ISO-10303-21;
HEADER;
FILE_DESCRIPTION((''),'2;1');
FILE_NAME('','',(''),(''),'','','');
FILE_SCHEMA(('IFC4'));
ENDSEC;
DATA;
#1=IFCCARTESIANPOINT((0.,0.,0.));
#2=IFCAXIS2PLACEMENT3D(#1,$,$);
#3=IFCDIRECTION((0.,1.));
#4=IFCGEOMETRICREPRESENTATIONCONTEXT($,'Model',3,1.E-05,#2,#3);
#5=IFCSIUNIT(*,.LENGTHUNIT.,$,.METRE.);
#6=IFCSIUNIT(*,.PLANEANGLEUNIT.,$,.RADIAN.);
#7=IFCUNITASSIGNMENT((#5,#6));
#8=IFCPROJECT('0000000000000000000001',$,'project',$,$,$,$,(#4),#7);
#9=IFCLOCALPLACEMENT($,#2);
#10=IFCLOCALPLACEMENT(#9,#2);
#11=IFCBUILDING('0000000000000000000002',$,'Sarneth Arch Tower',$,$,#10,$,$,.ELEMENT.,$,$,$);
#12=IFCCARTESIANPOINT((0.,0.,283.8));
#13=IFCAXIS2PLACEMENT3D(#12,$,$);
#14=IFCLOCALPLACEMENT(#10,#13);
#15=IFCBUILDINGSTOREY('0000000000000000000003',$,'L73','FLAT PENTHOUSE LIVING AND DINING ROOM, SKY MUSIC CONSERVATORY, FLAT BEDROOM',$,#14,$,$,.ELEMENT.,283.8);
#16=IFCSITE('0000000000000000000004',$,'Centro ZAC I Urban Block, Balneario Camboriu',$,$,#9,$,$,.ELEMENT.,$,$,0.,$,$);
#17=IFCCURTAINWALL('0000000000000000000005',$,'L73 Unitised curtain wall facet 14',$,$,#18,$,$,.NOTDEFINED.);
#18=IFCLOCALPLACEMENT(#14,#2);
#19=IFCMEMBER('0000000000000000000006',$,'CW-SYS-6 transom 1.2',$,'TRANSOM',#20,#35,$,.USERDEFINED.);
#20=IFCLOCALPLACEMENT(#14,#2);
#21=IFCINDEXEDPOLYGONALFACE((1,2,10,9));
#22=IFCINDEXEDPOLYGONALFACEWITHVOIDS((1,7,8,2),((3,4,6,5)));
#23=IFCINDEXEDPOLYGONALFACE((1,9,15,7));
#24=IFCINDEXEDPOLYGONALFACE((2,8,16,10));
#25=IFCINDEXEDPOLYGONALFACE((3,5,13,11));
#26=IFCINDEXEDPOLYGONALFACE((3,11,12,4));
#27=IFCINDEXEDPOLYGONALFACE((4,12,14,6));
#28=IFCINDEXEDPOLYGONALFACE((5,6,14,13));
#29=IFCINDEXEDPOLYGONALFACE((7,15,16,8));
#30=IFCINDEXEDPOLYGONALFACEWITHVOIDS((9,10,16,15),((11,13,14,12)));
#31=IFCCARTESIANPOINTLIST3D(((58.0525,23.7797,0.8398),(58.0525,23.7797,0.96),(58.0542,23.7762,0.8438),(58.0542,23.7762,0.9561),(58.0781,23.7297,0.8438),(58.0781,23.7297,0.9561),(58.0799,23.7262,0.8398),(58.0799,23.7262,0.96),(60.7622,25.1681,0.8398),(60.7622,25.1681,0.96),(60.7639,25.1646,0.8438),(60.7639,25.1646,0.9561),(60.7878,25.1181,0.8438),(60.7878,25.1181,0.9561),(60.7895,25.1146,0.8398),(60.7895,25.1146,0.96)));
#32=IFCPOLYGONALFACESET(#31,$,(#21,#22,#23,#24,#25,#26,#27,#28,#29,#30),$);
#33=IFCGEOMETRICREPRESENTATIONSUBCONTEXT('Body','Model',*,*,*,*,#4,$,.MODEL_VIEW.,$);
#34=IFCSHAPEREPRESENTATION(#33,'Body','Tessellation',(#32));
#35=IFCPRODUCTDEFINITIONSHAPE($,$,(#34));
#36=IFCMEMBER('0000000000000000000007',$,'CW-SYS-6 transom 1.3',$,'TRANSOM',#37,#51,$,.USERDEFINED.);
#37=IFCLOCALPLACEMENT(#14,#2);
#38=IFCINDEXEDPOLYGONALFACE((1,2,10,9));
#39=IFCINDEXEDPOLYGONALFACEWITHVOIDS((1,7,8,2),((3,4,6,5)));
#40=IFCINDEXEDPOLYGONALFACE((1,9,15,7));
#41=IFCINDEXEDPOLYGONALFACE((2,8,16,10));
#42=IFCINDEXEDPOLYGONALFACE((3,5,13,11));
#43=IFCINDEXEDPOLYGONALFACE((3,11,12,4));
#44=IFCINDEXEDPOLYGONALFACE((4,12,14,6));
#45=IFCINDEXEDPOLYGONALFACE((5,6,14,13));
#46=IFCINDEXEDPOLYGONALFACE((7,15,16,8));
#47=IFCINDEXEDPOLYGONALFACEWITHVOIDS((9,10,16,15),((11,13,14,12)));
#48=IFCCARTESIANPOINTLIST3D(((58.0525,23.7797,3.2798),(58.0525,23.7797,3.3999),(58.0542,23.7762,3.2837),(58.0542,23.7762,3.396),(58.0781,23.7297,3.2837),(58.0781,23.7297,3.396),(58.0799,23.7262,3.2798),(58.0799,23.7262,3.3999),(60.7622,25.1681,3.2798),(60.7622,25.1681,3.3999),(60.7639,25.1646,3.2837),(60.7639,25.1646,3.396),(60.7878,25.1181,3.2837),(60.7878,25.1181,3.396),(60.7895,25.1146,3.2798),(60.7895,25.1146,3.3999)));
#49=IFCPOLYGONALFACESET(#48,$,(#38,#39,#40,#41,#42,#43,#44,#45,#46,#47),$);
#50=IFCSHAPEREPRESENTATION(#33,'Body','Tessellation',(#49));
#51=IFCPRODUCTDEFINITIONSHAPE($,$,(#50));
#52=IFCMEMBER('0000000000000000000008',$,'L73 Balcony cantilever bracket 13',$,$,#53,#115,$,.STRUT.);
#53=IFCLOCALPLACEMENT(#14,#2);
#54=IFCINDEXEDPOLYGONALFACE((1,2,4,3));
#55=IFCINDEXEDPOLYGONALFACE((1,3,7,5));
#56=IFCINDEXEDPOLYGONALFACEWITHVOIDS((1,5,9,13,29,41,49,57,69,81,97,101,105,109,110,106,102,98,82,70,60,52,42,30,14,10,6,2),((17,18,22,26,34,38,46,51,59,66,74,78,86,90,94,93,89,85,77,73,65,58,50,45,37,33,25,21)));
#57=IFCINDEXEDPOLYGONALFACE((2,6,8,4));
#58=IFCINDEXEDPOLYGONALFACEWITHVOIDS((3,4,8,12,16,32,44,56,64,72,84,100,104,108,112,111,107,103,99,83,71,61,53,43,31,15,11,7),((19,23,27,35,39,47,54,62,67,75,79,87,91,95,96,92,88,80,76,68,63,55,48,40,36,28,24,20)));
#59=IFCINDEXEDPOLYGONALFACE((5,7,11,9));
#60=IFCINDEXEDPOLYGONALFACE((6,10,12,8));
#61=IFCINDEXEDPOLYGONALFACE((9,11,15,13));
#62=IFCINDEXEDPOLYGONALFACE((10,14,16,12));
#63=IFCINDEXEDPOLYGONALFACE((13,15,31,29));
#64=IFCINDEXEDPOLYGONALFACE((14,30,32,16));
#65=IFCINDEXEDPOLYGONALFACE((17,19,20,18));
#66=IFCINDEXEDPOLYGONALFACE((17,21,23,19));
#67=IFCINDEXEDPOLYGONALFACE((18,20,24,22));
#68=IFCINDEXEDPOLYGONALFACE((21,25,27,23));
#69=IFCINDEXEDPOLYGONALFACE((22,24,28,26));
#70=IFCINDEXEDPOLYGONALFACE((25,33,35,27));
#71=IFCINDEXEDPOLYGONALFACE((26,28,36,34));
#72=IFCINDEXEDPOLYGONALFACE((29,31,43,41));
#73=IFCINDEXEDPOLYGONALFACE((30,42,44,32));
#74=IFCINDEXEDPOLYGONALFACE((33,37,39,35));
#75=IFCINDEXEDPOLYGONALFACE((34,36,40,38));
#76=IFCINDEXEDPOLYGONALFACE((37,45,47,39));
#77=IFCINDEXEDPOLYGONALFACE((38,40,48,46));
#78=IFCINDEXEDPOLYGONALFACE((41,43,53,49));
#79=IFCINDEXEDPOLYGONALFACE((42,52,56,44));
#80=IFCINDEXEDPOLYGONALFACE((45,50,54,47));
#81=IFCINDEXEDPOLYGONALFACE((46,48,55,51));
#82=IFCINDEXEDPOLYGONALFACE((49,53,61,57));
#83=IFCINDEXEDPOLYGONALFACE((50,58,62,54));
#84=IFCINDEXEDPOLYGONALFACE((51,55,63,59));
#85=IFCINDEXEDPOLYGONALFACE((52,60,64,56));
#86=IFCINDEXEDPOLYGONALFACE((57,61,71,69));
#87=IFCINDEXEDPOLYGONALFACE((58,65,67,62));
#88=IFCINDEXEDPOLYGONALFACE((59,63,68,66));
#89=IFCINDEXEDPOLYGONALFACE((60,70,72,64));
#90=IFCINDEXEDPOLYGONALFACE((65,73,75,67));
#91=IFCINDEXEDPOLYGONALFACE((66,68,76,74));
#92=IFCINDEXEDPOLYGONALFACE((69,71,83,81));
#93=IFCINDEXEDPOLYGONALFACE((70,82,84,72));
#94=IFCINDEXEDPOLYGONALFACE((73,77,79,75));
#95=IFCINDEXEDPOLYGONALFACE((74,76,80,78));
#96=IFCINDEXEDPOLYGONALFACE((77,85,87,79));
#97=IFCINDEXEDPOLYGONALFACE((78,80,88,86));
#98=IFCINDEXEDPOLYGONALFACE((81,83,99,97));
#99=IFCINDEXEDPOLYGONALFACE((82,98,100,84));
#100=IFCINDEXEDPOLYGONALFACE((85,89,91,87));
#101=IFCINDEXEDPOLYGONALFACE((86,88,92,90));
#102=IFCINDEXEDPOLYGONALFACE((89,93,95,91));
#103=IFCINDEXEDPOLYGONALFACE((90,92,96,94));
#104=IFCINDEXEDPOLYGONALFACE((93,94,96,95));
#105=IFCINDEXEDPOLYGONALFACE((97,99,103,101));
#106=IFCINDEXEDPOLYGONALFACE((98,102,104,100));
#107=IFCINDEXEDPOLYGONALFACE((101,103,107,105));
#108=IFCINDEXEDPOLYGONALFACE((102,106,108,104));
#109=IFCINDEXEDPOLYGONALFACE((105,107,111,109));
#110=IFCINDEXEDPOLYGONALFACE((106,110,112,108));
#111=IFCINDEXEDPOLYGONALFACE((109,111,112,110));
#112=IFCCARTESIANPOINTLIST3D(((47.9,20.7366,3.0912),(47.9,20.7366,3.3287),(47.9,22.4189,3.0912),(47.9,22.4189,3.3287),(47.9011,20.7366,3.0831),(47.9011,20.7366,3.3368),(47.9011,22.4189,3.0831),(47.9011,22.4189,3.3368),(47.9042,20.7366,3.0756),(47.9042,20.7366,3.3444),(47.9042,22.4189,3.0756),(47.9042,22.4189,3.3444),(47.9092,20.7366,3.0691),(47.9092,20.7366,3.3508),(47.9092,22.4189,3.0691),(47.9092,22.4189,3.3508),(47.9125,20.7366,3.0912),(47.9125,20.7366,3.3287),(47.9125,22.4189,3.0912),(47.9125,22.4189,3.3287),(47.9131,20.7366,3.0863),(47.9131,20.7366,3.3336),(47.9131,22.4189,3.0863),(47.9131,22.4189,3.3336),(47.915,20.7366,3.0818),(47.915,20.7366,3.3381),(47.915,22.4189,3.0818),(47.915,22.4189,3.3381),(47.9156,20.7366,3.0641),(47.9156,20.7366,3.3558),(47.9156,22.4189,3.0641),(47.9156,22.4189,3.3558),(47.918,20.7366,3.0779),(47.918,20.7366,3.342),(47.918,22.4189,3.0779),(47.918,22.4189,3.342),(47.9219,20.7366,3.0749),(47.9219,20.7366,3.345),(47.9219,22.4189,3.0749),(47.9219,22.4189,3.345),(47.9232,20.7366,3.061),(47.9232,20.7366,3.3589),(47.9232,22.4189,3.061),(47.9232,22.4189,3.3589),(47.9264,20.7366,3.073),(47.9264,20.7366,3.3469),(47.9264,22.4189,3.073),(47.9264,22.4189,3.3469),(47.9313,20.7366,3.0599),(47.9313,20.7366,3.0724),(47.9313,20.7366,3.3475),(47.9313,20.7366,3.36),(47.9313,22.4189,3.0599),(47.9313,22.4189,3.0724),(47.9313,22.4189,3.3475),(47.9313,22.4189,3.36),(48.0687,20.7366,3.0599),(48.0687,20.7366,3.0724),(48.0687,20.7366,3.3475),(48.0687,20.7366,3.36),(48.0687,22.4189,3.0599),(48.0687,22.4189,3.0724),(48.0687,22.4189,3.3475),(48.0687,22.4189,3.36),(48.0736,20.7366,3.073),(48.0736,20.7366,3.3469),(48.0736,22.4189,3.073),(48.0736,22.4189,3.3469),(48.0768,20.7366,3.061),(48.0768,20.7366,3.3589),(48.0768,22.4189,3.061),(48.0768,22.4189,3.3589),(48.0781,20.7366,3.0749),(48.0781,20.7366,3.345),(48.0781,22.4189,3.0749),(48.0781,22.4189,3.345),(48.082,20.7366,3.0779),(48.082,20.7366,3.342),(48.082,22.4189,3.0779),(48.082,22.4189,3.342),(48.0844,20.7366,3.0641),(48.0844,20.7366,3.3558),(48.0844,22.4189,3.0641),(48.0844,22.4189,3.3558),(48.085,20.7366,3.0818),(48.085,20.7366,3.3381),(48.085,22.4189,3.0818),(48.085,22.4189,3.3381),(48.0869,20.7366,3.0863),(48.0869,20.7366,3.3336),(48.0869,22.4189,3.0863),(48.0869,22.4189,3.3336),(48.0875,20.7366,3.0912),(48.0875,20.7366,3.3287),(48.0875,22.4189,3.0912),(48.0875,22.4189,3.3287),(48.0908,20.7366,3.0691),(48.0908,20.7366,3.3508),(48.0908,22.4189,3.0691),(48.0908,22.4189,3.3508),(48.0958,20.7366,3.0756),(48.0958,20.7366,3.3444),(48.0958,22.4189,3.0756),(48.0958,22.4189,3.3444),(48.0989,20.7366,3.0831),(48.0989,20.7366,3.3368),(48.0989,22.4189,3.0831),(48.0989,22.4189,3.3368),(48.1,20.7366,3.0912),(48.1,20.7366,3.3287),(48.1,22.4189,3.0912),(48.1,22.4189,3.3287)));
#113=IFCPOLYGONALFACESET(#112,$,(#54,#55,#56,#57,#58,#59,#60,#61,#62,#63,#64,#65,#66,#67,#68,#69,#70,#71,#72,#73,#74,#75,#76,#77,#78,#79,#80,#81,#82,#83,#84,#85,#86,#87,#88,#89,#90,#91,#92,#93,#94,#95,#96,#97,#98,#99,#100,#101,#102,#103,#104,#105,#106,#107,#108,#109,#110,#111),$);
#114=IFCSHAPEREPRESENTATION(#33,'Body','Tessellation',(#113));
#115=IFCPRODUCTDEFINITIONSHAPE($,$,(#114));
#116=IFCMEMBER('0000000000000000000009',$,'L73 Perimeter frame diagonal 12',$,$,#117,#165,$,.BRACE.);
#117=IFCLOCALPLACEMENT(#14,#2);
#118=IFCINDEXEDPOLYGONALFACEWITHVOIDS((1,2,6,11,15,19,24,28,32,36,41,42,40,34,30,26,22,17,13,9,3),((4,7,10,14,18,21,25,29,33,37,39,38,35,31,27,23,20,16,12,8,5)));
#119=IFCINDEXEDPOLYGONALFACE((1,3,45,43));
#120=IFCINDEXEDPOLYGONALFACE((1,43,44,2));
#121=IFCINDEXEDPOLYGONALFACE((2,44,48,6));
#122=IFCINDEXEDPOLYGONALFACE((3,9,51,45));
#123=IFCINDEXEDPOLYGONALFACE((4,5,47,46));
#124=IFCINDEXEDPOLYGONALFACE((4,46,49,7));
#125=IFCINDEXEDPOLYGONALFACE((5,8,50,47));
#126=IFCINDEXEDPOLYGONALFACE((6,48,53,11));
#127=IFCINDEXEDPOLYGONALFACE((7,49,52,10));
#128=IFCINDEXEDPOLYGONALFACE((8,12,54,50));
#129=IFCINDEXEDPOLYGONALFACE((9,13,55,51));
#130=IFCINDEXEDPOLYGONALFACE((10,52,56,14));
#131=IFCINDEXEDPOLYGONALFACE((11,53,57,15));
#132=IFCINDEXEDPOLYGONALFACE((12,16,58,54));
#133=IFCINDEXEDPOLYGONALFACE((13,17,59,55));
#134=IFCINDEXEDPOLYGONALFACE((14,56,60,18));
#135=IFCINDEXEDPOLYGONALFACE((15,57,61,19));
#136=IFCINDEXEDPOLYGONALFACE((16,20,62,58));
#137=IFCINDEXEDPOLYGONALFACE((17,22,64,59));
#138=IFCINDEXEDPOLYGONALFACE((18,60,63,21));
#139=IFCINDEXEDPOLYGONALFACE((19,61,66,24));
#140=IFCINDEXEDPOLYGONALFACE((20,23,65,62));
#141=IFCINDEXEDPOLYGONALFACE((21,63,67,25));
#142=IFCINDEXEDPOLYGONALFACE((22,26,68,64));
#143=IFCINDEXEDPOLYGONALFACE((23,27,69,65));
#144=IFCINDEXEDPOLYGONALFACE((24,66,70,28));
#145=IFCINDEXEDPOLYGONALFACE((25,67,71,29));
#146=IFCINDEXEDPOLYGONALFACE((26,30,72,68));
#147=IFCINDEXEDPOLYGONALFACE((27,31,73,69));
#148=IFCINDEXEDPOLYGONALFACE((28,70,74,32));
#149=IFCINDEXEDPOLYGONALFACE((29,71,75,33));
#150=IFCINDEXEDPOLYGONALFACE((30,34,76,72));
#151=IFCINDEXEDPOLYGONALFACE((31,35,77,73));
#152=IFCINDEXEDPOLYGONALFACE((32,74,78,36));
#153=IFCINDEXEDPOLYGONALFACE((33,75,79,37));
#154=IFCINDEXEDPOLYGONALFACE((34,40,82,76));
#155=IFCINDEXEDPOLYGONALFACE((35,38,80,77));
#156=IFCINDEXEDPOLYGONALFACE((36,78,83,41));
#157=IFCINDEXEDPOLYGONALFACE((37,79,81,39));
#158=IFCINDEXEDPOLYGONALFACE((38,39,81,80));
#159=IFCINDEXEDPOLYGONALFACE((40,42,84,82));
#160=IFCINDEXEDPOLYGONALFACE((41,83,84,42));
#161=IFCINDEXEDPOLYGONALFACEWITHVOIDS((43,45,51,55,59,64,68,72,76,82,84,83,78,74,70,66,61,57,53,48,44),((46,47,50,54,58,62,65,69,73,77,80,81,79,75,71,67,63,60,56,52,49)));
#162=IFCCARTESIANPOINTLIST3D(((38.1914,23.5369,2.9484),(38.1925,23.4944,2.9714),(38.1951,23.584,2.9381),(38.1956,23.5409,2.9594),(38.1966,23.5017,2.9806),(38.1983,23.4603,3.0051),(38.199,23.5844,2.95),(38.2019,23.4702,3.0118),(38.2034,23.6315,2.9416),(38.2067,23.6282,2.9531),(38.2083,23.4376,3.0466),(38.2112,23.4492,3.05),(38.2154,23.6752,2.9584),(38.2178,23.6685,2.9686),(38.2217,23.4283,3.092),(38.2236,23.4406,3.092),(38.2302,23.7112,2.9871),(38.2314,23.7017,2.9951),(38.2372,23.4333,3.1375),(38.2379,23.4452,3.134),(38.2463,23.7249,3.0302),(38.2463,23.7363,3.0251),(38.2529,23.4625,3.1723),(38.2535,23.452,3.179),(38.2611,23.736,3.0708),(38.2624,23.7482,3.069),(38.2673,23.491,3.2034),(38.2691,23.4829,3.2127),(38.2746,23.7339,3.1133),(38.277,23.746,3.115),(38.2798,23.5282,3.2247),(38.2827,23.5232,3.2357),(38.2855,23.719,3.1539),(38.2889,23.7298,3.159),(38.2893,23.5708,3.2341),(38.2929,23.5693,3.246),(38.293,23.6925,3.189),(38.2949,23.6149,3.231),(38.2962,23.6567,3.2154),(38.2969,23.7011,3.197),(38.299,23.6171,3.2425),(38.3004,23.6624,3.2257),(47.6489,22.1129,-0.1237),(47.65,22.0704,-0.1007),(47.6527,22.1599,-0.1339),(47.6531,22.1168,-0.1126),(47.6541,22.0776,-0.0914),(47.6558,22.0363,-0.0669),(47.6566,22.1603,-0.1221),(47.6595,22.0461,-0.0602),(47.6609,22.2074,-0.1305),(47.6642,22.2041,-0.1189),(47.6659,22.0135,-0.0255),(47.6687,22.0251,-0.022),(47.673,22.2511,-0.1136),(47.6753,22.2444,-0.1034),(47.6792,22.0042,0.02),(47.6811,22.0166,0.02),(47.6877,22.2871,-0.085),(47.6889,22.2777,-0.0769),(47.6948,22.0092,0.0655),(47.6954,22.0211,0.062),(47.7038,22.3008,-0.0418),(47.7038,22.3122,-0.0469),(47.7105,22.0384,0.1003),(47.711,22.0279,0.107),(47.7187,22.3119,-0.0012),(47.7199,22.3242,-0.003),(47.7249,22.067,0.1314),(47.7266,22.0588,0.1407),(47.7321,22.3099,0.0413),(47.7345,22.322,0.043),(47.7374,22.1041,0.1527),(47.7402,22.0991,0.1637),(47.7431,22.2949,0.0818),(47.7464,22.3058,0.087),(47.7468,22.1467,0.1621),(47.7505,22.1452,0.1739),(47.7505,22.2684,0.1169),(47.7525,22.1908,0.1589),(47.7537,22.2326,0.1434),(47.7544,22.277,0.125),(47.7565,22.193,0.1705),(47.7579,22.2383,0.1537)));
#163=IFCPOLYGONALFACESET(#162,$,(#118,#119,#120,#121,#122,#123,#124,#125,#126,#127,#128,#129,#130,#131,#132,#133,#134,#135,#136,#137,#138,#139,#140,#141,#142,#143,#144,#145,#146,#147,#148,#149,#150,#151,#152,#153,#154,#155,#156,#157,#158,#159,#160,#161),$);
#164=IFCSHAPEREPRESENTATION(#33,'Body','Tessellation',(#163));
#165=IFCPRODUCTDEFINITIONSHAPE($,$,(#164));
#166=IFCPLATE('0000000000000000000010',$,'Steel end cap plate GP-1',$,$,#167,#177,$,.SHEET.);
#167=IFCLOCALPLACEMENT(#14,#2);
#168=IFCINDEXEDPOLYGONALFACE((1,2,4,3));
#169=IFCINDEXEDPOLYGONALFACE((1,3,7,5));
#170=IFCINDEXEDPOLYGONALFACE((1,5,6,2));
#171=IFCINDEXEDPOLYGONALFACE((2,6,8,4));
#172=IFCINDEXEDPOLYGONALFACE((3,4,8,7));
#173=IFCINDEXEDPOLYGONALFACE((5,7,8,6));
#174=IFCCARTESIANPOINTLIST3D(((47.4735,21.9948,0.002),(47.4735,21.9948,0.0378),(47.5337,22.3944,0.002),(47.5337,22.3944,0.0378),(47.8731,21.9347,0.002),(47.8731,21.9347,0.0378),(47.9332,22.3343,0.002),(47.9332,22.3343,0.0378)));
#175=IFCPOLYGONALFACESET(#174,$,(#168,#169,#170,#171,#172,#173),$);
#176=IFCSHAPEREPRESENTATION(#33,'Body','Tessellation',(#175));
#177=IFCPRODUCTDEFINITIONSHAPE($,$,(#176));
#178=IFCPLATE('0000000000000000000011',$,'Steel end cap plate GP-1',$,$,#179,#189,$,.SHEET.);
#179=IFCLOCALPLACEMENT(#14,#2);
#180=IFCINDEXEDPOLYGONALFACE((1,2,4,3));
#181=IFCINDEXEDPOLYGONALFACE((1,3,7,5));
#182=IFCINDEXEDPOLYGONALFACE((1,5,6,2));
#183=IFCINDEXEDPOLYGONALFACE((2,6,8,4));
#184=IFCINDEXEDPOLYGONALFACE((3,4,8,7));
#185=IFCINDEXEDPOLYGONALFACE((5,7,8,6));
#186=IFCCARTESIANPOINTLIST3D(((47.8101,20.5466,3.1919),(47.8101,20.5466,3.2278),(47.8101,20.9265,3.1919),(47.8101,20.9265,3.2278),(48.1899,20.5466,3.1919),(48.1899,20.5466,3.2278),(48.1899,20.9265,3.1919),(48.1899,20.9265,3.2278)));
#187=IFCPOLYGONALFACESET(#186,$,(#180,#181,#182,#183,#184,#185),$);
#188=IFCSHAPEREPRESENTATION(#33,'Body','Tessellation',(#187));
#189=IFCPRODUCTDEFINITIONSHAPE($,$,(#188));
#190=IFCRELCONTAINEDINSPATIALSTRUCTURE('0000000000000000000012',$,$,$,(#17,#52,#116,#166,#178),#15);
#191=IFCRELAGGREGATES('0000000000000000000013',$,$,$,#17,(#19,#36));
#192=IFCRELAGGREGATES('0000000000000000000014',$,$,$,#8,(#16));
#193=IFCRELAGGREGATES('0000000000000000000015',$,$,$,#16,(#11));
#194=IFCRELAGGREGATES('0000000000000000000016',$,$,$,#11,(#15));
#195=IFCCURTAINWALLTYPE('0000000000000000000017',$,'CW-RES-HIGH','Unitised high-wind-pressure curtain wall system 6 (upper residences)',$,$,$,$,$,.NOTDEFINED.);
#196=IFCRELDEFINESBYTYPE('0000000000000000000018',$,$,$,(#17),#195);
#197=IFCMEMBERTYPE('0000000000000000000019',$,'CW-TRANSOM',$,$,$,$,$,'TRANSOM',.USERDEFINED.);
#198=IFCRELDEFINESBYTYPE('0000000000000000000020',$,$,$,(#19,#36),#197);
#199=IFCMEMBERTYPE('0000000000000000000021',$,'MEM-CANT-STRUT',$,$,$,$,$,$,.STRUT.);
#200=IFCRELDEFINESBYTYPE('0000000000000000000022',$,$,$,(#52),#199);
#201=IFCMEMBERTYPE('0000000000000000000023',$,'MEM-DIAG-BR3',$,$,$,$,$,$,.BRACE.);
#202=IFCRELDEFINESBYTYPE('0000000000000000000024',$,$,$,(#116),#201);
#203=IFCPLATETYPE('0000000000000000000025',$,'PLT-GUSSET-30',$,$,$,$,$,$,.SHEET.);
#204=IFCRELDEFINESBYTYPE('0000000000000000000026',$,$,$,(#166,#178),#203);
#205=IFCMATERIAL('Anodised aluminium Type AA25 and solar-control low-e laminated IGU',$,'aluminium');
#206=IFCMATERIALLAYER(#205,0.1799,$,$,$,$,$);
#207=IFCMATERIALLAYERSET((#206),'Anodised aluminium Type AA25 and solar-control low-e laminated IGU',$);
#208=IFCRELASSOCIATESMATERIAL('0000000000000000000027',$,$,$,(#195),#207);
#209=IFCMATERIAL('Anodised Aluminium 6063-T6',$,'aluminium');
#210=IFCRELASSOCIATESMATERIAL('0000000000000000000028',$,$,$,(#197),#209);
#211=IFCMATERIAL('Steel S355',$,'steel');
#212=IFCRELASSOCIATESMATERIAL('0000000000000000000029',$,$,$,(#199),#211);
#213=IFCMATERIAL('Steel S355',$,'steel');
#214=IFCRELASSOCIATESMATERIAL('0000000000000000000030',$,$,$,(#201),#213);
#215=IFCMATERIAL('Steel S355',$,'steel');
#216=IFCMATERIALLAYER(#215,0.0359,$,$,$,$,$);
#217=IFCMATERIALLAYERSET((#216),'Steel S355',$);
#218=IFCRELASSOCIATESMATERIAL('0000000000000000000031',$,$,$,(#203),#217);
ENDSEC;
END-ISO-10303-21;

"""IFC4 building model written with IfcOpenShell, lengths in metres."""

from ifc_helpers import new_model, si_unit, direction, frame, origin, origin_2d, place, context, subcontext, project, spatial, rectangle, hollow_rectangle, hollow_circle, extrude, material, layer, layer_set, material_profile, profile_set, type_object, element, aggregate, save


model = new_model("IFC4")

# Units and contexts
model_context = context("Model", 3, precision=1e-05, world=origin(), true_north=direction((0.0, 1.0)))
body_context = subcontext(model_context, "Body", "Model", "MODEL_VIEW")
ifc_project = project(units=[si_unit("LENGTHUNIT", "METRE"), si_unit("PLANEANGLEUNIT", "RADIAN")], contexts=[model_context])

# Site, building, storey
site_placement = place(None, origin())
site = spatial("IfcSite", under=ifc_project, at=site_placement, Name="Centro ZAC I Urban Block, Balneario Camboriu", CompositionType="ELEMENT", RefElevation=0.0)
building_placement = place(site_placement, origin())
building = spatial("IfcBuilding", under=site, at=building_placement, Name="Sarneth Arch Tower", CompositionType="ELEMENT")
storey_placement = place(building_placement, frame((0.0, 0.0, 283.8)))
storey = spatial("IfcBuildingStorey", under=building, at=storey_placement, Name="L73", Description="FLAT PENTHOUSE LIVING AND DINING ROOM, SKY MUSIC CONSERVATORY, FLAT BEDROOM", CompositionType="ELEMENT", Elevation=283.8)

# Curtain wall, members
ifc_material_1 = material(Name="Anodised aluminium Type AA25 and solar-control low-e laminated IGU", Category="aluminium")
ifc_layer_1 = layer(ifc_material_1, 0.1799)
ifc_layer_set_1 = layer_set([ifc_layer_1], Name="Anodised aluminium Type AA25 and solar-control low-e laminated IGU")
curtain_wall_type = type_object("IfcCurtainWallType", Name="CW-RES-HIGH", Description="Unitised high-wind-pressure curtain wall system 6 (upper residences)", PredefinedType="NOTDEFINED", material=ifc_layer_set_1)
curtain_wall_placement = place(storey_placement, origin())
curtain_wall = element("IfcCurtainWall", 1, at=curtain_wall_placement, inside=storey, type_object=curtain_wall_type, Name="L73 Unitised curtain wall facet 14", PredefinedType="NOTDEFINED")
ifc_material_2 = material(Name="Anodised Aluminium 6063-T6", Category="aluminium")
ifc_material_profile_1 = material_profile(ifc_material_2, hollow_rectangle(XDim=0.0601, YDim=0.1201, WallThickness=0.0039, at=origin_2d()), Name="AL-TRAN-120x60x4")
ifc_profile_set_1 = profile_set([ifc_material_profile_1], Name="Anodised Aluminium 6063-T6")
member_type_1 = type_object("IfcMemberType", Name="CW-TRANSOM", ElementType="TRANSOM", PredefinedType="USERDEFINED", material=ifc_profile_set_1)
member_1_placement = place(storey_placement, frame((58.0662, 23.7529, 0.8999), z_axis=(0.889974, 0.456012, 0.0), x_axis=(-0.456012, 0.889974, 0.0)))
member_1 = element("IfcMember", 2, at=member_1_placement, type_object=member_type_1, Name="CW-SYS-6 transom 1.2", ObjectType="TRANSOM", PredefinedType="USERDEFINED", context=body_context, shape_type="SweptSolid", body=[
    extrude(hollow_rectangle(XDim=0.0601, YDim=0.1201, WallThickness=0.0039, at=origin_2d()), origin(), (0.0, 0.0, 1.0), 3.0447),
])
member_2_placement = place(storey_placement, frame((58.0662, 23.7529, 3.3398), z_axis=(0.889974, 0.456012, 0.0), x_axis=(-0.456012, 0.889974, 0.0)))
member_2 = element("IfcMember", 3, at=member_2_placement, type_object=member_type_1, Name="CW-SYS-6 transom 1.3", ObjectType="TRANSOM", PredefinedType="USERDEFINED", context=body_context, shape_type="SweptSolid", body=[
    extrude(hollow_rectangle(XDim=0.0601, YDim=0.1201, WallThickness=0.0039, at=origin_2d()), origin(), (0.0, 0.0, 1.0), 3.0447),
])
aggregate(curtain_wall, [member_1, member_2])

# Members
ifc_material_3 = material(Name="Steel S355", Category="steel")
ifc_material_profile_2 = material_profile(ifc_material_3, hollow_rectangle(XDim=0.2, YDim=0.3, WallThickness=0.0125, InnerFilletRadius=0.0188, OuterFilletRadius=0.0312, at=origin_2d()), Name="RHS300x200x12.5")
ifc_profile_set_2 = profile_set([ifc_material_profile_2], Name="Steel S355")
member_type_2 = type_object("IfcMemberType", Name="MEM-CANT-STRUT", PredefinedType="STRUT", material=ifc_profile_set_2)
member_3_placement = place(storey_placement, frame((48.0, 22.4189, 3.21), z_axis=(0.0, -1.0, 0.0), x_axis=(1.0, 0.0, 0.0)))
element("IfcMember", 4, at=member_3_placement, inside=storey, type_object=member_type_2, Name="L73 Balcony cantilever bracket 13", PredefinedType="STRUT", context=body_context, shape_type="SweptSolid", body=[
    extrude(hollow_rectangle(XDim=0.2, YDim=0.3, WallThickness=0.0125, InnerFilletRadius=0.0188, OuterFilletRadius=0.0312, at=origin_2d()), origin(), (0.0, 0.0, 1.0), 1.6824),
])
ifc_material_4 = material(Name="Steel S355", Category="steel")
ifc_material_profile_3 = material_profile(ifc_material_4, hollow_circle(Radius=0.1621, WallThickness=0.0125, at=origin_2d()), Name="CHS324x12.5")
ifc_profile_set_3 = profile_set([ifc_material_profile_3], Name="Steel S355")
member_type_3 = type_object("IfcMemberType", Name="MEM-DIAG-BR3", PredefinedType="BRACE", material=ifc_profile_set_3)
member_4_placement = place(storey_placement, frame((47.7034, 22.1646, 0.02), z_axis=(-0.941478, 0.141764, 0.305814), x_axis=(-0.148897, -0.988853, 0.0)))
element("IfcMember", 5, at=member_4_placement, inside=storey, type_object=member_type_3, Name="L73 Perimeter frame diagonal 12", PredefinedType="BRACE", context=body_context, shape_type="SweptSolid", body=[
    extrude(hollow_circle(Radius=0.1621, WallThickness=0.0125, at=origin_2d()), origin(), (0.0, 0.0, 1.0), 10.0454),
])

# Plates
ifc_material_5 = material(Name="Steel S355", Category="steel")
ifc_layer_2 = layer(ifc_material_5, 0.0359)
ifc_layer_set_2 = layer_set([ifc_layer_2], Name="Steel S355")
plate_type = type_object("IfcPlateType", Name="PLT-GUSSET-30", PredefinedType="SHEET", material=ifc_layer_set_2)
plate_1_placement = place(storey_placement, frame((47.7034, 22.1646, 0.002), z_axis=(0.0, 0.0, 1.0), x_axis=(0.988861, -0.148845, 0.0)))
element("IfcPlate", 6, at=plate_1_placement, inside=storey, type_object=plate_type, Name="Steel end cap plate GP-1", PredefinedType="SHEET", context=body_context, shape_type="SweptSolid", body=[
    extrude(rectangle(XDim=0.4041, YDim=0.4041, at=origin_2d()), origin(), (0.0, 0.0, 1.0), 0.0359),
])
plate_2_placement = place(storey_placement, frame((48.0, 20.7366, 3.1919), z_axis=(0.0, 0.0, 1.0), x_axis=(0.0, -1.0, 0.0)))
element("IfcPlate", 7, at=plate_2_placement, inside=storey, type_object=plate_type, Name="Steel end cap plate GP-1", PredefinedType="SHEET", context=body_context, shape_type="SweptSolid", body=[
    extrude(rectangle(XDim=0.3799, YDim=0.3799, at=origin_2d()), origin(), (0.0, 0.0, 1.0), 0.0359),
])

save(model, "model.ifc")
